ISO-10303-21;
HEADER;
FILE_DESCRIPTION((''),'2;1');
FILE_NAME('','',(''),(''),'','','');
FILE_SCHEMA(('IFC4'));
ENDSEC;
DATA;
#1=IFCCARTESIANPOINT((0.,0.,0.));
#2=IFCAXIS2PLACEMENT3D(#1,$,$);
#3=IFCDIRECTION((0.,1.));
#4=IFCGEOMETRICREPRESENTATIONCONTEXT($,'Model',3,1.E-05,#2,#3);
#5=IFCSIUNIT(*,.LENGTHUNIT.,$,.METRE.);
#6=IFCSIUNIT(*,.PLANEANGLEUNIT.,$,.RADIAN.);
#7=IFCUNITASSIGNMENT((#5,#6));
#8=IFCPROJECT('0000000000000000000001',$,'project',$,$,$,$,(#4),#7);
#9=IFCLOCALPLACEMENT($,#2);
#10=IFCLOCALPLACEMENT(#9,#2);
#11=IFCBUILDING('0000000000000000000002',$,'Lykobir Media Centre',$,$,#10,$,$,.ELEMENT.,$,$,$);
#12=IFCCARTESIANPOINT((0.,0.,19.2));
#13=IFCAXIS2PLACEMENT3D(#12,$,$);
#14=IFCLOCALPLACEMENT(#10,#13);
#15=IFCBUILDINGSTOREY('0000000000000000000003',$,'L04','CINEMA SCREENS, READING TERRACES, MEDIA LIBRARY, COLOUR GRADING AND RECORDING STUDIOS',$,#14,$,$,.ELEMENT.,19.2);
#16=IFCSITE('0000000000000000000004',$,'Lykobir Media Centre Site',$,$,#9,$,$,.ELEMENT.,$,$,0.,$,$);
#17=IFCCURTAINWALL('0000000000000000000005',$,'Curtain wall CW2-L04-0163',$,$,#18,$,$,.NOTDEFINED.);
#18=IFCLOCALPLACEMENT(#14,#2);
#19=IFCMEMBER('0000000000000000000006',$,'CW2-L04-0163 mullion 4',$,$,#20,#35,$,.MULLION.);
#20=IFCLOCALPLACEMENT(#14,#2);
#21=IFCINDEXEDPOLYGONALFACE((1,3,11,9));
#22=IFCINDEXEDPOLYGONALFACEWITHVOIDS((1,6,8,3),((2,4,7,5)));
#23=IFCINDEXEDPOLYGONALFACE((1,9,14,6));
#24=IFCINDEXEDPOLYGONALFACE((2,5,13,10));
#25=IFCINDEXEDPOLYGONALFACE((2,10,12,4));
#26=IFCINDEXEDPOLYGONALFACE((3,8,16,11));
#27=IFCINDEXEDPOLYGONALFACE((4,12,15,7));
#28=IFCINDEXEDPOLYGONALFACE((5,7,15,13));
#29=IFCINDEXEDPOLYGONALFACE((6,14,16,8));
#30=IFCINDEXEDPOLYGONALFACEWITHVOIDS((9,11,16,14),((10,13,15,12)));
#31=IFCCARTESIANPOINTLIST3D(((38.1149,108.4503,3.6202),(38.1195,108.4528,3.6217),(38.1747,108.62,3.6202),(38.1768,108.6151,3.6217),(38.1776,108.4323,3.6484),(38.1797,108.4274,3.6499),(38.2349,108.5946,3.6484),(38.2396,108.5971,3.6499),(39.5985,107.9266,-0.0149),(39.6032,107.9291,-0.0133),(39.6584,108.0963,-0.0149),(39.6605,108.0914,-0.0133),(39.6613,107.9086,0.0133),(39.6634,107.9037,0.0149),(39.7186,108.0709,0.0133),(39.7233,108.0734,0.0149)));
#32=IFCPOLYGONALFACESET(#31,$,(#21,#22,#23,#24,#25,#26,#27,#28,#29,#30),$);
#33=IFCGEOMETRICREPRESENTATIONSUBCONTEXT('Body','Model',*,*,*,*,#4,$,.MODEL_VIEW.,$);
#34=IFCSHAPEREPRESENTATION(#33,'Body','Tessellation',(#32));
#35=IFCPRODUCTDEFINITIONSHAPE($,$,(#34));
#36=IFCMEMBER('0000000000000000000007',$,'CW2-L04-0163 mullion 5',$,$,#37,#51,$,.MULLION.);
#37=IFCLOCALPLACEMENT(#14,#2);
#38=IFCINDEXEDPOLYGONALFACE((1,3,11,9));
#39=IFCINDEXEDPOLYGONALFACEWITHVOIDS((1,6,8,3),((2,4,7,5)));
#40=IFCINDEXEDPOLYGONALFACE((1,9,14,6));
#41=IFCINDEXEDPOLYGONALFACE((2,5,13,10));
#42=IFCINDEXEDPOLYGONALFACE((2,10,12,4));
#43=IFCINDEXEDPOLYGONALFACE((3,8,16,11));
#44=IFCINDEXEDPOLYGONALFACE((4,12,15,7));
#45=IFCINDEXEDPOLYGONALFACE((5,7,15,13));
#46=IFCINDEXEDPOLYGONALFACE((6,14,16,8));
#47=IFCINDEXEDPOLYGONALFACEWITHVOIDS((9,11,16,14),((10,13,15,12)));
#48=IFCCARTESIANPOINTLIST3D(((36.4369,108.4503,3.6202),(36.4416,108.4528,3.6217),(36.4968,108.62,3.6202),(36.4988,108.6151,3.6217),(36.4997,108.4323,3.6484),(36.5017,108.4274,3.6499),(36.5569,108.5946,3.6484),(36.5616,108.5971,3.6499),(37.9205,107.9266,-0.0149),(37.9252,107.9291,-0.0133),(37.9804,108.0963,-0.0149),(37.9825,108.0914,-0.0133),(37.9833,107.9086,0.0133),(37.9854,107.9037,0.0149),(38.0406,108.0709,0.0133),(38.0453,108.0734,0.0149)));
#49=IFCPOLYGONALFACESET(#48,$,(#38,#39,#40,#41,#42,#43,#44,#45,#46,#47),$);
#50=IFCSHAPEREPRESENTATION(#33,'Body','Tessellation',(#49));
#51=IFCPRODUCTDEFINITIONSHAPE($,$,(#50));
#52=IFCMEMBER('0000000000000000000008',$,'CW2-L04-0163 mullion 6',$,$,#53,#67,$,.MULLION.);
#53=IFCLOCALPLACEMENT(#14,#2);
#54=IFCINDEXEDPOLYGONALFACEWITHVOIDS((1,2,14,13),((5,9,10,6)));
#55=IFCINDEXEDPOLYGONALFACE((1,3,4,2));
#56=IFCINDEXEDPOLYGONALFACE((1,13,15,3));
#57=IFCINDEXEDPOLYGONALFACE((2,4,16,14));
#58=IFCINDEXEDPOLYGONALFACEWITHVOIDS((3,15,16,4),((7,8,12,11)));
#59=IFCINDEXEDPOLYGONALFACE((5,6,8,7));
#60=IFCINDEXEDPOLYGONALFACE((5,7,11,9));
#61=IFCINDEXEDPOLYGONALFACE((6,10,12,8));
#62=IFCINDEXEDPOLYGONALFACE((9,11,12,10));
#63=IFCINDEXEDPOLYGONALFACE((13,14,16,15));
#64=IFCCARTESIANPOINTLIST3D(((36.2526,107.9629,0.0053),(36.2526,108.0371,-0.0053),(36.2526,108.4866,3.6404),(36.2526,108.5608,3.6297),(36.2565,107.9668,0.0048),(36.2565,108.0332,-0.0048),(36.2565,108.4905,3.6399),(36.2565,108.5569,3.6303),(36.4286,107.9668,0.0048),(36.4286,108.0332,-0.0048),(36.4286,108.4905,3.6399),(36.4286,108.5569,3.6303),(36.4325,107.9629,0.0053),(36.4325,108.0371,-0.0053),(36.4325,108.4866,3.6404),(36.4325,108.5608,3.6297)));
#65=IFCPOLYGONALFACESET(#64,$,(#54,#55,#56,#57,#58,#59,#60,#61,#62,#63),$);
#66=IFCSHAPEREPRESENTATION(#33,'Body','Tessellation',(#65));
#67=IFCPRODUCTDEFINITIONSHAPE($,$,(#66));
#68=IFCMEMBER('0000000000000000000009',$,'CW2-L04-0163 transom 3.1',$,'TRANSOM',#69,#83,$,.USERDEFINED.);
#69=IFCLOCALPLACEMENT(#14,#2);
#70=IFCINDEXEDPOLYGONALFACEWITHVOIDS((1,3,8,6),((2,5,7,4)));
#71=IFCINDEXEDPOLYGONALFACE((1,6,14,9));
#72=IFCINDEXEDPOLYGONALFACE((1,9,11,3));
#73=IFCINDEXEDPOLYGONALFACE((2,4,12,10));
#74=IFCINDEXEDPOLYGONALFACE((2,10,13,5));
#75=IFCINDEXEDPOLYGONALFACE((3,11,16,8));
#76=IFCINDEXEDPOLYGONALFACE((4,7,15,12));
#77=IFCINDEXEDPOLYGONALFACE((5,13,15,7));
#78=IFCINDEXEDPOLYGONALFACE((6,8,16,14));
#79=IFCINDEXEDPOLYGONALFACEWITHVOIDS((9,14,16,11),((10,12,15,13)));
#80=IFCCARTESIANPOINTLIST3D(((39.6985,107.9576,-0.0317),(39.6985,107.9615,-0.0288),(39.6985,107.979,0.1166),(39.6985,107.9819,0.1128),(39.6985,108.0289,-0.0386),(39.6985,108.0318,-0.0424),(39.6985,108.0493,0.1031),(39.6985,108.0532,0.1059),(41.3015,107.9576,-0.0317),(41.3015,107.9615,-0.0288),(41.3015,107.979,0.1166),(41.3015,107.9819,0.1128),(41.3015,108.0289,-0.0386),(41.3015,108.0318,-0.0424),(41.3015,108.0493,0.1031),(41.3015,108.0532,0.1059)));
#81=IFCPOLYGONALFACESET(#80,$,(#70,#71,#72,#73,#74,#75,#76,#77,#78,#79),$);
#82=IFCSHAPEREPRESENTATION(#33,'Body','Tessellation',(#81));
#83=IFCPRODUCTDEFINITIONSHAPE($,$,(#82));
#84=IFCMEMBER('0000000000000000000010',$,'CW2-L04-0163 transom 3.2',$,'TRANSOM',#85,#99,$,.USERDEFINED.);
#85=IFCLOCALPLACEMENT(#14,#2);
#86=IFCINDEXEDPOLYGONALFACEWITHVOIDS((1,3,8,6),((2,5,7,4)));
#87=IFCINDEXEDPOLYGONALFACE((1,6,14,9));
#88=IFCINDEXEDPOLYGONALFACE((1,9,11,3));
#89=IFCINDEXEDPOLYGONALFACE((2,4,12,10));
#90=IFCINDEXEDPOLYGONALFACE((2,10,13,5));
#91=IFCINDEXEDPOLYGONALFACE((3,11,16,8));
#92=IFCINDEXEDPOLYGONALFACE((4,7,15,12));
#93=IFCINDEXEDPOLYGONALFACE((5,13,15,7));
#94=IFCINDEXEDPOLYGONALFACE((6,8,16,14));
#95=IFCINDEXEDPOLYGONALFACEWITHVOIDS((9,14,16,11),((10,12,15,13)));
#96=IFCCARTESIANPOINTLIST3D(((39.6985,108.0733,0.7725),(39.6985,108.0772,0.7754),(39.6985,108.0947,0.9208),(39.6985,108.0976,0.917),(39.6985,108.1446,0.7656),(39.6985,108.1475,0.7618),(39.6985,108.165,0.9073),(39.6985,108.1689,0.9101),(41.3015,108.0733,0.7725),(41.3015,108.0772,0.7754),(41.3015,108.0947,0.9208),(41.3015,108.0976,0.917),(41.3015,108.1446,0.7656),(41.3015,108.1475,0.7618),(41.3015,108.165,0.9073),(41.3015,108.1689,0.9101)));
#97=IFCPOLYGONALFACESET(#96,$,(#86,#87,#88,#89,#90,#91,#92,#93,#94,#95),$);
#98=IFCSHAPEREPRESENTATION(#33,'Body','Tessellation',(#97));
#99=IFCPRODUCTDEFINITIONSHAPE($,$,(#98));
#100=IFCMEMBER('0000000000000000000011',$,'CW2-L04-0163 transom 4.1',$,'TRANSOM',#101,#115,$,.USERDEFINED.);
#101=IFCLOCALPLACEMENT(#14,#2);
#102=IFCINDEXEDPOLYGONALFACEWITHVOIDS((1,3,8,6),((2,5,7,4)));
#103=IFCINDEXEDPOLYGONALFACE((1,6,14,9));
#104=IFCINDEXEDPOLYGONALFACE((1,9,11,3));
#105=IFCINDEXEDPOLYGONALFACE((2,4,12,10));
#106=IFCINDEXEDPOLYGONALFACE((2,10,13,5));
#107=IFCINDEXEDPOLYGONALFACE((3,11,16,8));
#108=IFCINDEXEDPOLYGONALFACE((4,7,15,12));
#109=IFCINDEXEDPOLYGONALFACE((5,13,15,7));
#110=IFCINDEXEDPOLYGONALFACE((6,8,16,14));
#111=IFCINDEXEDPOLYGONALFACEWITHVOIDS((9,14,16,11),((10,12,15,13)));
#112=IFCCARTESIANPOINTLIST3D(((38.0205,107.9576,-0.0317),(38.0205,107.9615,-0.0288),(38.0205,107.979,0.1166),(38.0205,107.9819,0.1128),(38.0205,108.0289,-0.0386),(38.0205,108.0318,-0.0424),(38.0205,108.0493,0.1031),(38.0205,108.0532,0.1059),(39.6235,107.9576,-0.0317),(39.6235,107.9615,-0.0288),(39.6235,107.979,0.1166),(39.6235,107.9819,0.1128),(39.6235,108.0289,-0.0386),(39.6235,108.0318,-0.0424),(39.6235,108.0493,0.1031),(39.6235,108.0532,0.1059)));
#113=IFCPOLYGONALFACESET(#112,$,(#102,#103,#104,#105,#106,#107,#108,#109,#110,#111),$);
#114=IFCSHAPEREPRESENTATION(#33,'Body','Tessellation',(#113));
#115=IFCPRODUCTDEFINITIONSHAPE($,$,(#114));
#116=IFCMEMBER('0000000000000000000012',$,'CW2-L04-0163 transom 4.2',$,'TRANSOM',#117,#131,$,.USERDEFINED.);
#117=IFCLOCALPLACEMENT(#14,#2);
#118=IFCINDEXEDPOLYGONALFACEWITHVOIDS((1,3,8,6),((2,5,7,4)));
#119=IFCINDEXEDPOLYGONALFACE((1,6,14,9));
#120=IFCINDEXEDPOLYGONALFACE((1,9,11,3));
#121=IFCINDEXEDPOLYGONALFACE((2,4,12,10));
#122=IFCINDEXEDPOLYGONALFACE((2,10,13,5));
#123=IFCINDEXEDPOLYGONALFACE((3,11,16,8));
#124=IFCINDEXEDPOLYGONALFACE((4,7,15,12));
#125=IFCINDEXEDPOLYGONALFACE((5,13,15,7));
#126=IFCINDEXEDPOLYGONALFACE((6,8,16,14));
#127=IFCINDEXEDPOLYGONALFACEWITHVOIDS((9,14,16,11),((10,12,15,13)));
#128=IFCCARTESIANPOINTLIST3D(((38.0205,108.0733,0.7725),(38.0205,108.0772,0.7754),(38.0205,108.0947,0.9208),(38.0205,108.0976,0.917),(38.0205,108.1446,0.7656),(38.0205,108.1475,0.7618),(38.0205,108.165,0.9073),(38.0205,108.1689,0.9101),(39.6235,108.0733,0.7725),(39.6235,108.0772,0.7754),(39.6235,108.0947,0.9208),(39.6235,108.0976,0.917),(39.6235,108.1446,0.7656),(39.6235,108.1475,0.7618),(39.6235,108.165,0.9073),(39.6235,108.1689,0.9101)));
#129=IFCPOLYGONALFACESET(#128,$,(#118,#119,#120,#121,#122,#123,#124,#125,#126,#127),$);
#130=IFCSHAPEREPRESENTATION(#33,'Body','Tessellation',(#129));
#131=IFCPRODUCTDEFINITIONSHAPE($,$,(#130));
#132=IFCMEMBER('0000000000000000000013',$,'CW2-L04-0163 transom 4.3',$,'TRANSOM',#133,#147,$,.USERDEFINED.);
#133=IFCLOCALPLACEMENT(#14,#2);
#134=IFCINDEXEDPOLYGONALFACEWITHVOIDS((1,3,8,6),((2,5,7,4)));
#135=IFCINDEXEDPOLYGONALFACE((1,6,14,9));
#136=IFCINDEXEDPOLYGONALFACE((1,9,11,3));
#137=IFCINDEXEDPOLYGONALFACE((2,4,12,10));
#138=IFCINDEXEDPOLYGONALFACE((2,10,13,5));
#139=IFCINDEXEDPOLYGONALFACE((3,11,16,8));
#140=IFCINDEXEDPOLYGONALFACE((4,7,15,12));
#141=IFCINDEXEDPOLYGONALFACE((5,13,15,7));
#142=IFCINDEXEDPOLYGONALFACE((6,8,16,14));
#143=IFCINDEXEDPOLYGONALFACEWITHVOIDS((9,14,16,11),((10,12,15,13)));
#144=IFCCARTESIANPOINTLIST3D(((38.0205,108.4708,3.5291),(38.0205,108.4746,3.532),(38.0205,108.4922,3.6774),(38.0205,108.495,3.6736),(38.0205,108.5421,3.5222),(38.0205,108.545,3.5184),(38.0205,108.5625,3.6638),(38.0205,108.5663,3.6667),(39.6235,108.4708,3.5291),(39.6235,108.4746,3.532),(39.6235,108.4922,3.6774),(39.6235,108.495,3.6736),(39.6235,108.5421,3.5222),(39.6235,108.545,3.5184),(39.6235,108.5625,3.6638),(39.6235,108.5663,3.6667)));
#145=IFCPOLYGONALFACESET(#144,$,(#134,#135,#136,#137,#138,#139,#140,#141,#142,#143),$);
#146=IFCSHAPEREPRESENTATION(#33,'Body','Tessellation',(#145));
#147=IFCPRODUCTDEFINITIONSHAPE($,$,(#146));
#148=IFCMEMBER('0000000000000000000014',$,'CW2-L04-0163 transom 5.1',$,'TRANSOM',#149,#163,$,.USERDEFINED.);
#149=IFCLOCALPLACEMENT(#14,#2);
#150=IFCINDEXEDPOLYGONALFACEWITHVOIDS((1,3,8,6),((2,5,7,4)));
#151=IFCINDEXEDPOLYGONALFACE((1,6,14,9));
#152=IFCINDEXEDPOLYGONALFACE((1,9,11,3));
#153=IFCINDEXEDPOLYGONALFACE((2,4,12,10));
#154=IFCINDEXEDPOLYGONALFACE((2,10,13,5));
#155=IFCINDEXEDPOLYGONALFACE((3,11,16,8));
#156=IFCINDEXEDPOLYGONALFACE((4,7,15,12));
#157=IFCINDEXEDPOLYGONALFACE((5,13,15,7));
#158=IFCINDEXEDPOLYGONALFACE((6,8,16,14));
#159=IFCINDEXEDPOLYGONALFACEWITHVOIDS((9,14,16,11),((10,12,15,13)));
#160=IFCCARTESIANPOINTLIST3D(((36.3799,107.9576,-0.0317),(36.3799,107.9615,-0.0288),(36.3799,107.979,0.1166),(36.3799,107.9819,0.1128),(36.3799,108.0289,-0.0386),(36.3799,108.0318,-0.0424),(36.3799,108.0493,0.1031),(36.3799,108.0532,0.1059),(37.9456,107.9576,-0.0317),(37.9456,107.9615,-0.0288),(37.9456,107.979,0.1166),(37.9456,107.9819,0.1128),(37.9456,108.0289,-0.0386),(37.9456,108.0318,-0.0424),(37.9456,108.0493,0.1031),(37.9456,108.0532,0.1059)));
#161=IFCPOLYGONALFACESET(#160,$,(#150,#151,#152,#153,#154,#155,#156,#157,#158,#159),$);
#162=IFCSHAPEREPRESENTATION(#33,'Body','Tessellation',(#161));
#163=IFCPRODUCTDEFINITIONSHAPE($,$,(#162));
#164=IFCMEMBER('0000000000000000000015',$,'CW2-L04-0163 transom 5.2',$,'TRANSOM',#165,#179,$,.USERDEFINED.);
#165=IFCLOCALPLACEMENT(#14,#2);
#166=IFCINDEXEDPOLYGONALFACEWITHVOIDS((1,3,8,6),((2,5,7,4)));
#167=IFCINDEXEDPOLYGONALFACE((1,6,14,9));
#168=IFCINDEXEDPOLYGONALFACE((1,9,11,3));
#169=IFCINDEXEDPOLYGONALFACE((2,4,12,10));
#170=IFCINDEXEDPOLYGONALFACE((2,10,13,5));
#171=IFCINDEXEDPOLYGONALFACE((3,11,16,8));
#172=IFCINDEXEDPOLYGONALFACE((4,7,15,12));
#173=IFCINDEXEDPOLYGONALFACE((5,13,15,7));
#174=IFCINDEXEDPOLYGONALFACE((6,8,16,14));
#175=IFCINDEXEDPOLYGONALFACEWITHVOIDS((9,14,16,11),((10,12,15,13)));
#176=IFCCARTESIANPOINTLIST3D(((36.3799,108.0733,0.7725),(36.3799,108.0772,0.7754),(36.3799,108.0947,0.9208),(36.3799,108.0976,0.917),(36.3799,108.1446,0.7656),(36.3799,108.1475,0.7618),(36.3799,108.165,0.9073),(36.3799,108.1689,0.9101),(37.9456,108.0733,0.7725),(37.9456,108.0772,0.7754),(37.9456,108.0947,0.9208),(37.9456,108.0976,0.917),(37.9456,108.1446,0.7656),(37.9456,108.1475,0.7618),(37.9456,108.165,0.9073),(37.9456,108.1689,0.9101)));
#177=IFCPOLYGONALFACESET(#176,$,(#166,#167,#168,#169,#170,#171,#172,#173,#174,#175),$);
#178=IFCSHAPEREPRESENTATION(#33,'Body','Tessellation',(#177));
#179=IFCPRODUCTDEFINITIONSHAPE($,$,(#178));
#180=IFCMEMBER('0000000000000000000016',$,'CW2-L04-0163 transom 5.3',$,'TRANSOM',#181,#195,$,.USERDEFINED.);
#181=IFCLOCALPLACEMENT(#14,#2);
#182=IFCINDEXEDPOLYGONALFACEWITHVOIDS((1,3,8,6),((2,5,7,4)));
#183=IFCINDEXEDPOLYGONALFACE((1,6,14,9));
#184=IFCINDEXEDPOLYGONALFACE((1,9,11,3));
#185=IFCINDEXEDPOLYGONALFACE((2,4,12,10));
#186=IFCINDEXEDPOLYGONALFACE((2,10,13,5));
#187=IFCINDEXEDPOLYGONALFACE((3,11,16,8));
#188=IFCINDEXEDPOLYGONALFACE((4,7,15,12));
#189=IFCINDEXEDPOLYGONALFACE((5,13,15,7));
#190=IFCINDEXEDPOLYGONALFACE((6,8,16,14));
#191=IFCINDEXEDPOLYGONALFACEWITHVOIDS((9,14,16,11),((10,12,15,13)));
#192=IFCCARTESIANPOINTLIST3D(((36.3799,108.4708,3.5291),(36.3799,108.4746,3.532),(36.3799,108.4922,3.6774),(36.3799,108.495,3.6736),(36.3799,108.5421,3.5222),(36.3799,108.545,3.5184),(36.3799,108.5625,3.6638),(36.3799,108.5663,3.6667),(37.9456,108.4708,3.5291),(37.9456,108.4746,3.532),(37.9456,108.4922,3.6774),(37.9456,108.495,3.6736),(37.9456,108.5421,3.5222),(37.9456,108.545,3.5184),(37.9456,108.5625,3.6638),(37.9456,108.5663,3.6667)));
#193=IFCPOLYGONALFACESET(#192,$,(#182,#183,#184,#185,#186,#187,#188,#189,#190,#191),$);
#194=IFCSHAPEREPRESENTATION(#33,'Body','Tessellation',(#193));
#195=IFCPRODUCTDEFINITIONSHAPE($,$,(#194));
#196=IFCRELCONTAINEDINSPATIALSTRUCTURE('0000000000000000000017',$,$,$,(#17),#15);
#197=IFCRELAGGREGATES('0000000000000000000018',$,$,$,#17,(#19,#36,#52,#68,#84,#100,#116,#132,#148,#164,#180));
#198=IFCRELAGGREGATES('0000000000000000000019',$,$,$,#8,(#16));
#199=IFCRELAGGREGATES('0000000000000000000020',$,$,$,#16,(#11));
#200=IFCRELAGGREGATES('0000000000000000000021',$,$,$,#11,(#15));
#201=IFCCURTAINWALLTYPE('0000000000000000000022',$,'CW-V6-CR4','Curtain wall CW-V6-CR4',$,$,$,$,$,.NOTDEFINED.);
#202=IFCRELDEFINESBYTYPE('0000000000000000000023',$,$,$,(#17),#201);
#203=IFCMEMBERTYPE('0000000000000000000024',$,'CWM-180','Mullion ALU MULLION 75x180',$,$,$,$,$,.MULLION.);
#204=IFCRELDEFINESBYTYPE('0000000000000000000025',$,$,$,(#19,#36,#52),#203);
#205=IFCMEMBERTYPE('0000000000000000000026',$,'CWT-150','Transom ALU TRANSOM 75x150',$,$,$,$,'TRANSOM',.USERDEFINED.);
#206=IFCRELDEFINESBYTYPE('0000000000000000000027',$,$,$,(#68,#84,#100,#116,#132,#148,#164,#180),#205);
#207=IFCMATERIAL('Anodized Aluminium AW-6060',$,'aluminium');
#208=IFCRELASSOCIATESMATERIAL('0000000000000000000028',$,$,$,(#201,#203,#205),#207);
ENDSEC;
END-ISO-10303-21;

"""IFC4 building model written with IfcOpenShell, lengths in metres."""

from ifc_helpers import new_model, si_unit, direction, frame, origin, origin_2d, place, context, subcontext, project, spatial, hollow_rectangle, extrude, material, material_profile, profile_set, type_object, element, aggregate, save


model = new_model("IFC4")

# Units and contexts
model_context = context("Model", 3, precision=1e-05, world=origin(), true_north=direction((0.0, 1.0)))
body_context = subcontext(model_context, "Body", "Model", "MODEL_VIEW")
ifc_project = project(units=[si_unit("LENGTHUNIT", "METRE"), si_unit("PLANEANGLEUNIT", "RADIAN")], contexts=[model_context])

# Site, building, storey
site_placement = place(None, origin())
site = spatial("IfcSite", under=ifc_project, at=site_placement, Name="Lykobir Media Centre Site", CompositionType="ELEMENT", RefElevation=0.0)
building_placement = place(site_placement, origin())
building = spatial("IfcBuilding", under=site, at=building_placement, Name="Lykobir Media Centre", CompositionType="ELEMENT")
storey_placement = place(building_placement, frame((0.0, 0.0, 19.2)))
storey = spatial("IfcBuildingStorey", under=building, at=storey_placement, Name="L04", Description="CINEMA SCREENS, READING TERRACES, MEDIA LIBRARY, COLOUR GRADING AND RECORDING STUDIOS", CompositionType="ELEMENT", Elevation=19.2)

# Curtain wall, members
ifc_material_1 = material(Name="Anodized Aluminium AW-6060", Category="aluminium")
curtain_wall_type = type_object("IfcCurtainWallType", Name="CW-V6-CR4", Description="Curtain wall CW-V6-CR4", PredefinedType="NOTDEFINED", material=ifc_material_1)
curtain_wall_placement = place(storey_placement, origin())
curtain_wall = element("IfcCurtainWall", 1, at=curtain_wall_placement, inside=storey, type_object=curtain_wall_type, Name="Curtain wall CW2-L04-0163", PredefinedType="NOTDEFINED")
ifc_material_profile_1 = material_profile(ifc_material_1, hollow_rectangle(XDim=0.075, YDim=0.1799, WallThickness=0.0039, at=origin_2d()), Name="ALU MULLION 75x180")
ifc_profile_set_1 = profile_set([ifc_material_profile_1], Name="Anodized Aluminium AW-6060")
member_type_1 = type_object("IfcMemberType", Name="CWM-180", Description="Mullion ALU MULLION 75x180", PredefinedType="MULLION", material=ifc_profile_set_1)
member_1_placement = place(storey_placement, frame((39.6609, 108.0, 0.0), z_axis=(-0.374572, 0.132213, 0.917723), x_axis=(-0.865396, 0.305459, -0.397221)))
member_1 = element("IfcMember", 2, at=member_1_placement, type_object=member_type_1, Name="CW2-L04-0163 mullion 4", PredefinedType="MULLION", context=body_context, shape_type="SweptSolid", body=[
    extrude(hollow_rectangle(XDim=0.075, YDim=0.1799, WallThickness=0.0039, at=origin_2d()), origin(), (0.0, 0.0, 1.0), 3.9609),
])
member_2_placement = place(storey_placement, frame((37.9829, 108.0, 0.0), z_axis=(-0.374572, 0.132213, 0.917723), x_axis=(-0.865396, 0.305459, -0.397221)))
member_2 = element("IfcMember", 3, at=member_2_placement, type_object=member_type_1, Name="CW2-L04-0163 mullion 5", PredefinedType="MULLION", context=body_context, shape_type="SweptSolid", body=[
    extrude(hollow_rectangle(XDim=0.075, YDim=0.1799, WallThickness=0.0039, at=origin_2d()), origin(), (0.0, 0.0, 1.0), 3.9609),
])
member_3_placement = place(storey_placement, frame((36.3425, 108.0, 0.0), z_axis=(0.0, 0.142594, 0.989781), x_axis=(0.0, 0.989781, -0.142594)))
member_3 = element("IfcMember", 4, at=member_3_placement, type_object=member_type_1, Name="CW2-L04-0163 mullion 6", PredefinedType="MULLION", context=body_context, shape_type="SweptSolid", body=[
    extrude(hollow_rectangle(XDim=0.075, YDim=0.1799, WallThickness=0.0039, at=origin_2d()), origin(), (0.0, 0.0, 1.0), 3.6726),
])
ifc_material_profile_2 = material_profile(ifc_material_1, hollow_rectangle(XDim=0.075, YDim=0.1499, WallThickness=0.0034, at=origin_2d()), Name="ALU TRANSOM 75x150")
ifc_profile_set_2 = profile_set([ifc_material_profile_2], Name="Anodized Aluminium AW-6060")
member_type_2 = type_object("IfcMemberType", Name="CWT-150", Description="Transom ALU TRANSOM 75x150", ElementType="TRANSOM", PredefinedType="USERDEFINED", material=ifc_profile_set_2)
member_4_placement = place(storey_placement, frame((41.3015, 108.0054, 0.0371), z_axis=(-1.0, 0.0, 0.0), x_axis=(0.0, -0.989776, 0.142629)))
member_4 = element("IfcMember", 5, at=member_4_placement, type_object=member_type_2, Name="CW2-L04-0163 transom 3.1", ObjectType="TRANSOM", PredefinedType="USERDEFINED", context=body_context, shape_type="SweptSolid", body=[
    extrude(hollow_rectangle(XDim=0.075, YDim=0.1499, WallThickness=0.0034, at=origin_2d()), origin(), (0.0, 0.0, 1.0), 1.603),
])
member_5_placement = place(storey_placement, frame((41.3015, 108.1211, 0.8413), z_axis=(-1.0, 0.0, 0.0), x_axis=(0.0, -0.989776, 0.142629)))
member_5 = element("IfcMember", 6, at=member_5_placement, type_object=member_type_2, Name="CW2-L04-0163 transom 3.2", ObjectType="TRANSOM", PredefinedType="USERDEFINED", context=body_context, shape_type="SweptSolid", body=[
    extrude(hollow_rectangle(XDim=0.075, YDim=0.1499, WallThickness=0.0034, at=origin_2d()), origin(), (0.0, 0.0, 1.0), 1.603),
])
member_6_placement = place(storey_placement, frame((39.6235, 108.0054, 0.0371), z_axis=(-1.0, 0.0, 0.0), x_axis=(0.0, -0.989776, 0.142629)))
member_6 = element("IfcMember", 7, at=member_6_placement, type_object=member_type_2, Name="CW2-L04-0163 transom 4.1", ObjectType="TRANSOM", PredefinedType="USERDEFINED", context=body_context, shape_type="SweptSolid", body=[
    extrude(hollow_rectangle(XDim=0.075, YDim=0.1499, WallThickness=0.0034, at=origin_2d()), origin(), (0.0, 0.0, 1.0), 1.603),
])
member_7_placement = place(storey_placement, frame((39.6235, 108.1211, 0.8413), z_axis=(-1.0, 0.0, 0.0), x_axis=(0.0, -0.989776, 0.142629)))
member_7 = element("IfcMember", 8, at=member_7_placement, type_object=member_type_2, Name="CW2-L04-0163 transom 4.2", ObjectType="TRANSOM", PredefinedType="USERDEFINED", context=body_context, shape_type="SweptSolid", body=[
    extrude(hollow_rectangle(XDim=0.075, YDim=0.1499, WallThickness=0.0034, at=origin_2d()), origin(), (0.0, 0.0, 1.0), 1.603),
])
member_8_placement = place(storey_placement, frame((39.6235, 108.5186, 3.5979), z_axis=(-1.0, 0.0, 0.0), x_axis=(0.0, -0.989776, 0.142629)))
member_8 = element("IfcMember", 9, at=member_8_placement, type_object=member_type_2, Name="CW2-L04-0163 transom 4.3", ObjectType="TRANSOM", PredefinedType="USERDEFINED", context=body_context, shape_type="SweptSolid", body=[
    extrude(hollow_rectangle(XDim=0.075, YDim=0.1499, WallThickness=0.0034, at=origin_2d()), origin(), (0.0, 0.0, 1.0), 1.603),
])
member_9_placement = place(storey_placement, frame((37.9456, 108.0054, 0.0371), z_axis=(-1.0, 0.0, 0.0), x_axis=(0.0, -0.989776, 0.142629)))
member_9 = element("IfcMember", 10, at=member_9_placement, type_object=member_type_2, Name="CW2-L04-0163 transom 5.1", ObjectType="TRANSOM", PredefinedType="USERDEFINED", context=body_context, shape_type="SweptSolid", body=[
    extrude(hollow_rectangle(XDim=0.075, YDim=0.1499, WallThickness=0.0034, at=origin_2d()), origin(), (0.0, 0.0, 1.0), 1.5657),
])
member_10_placement = place(storey_placement, frame((37.9456, 108.1211, 0.8413), z_axis=(-1.0, 0.0, 0.0), x_axis=(0.0, -0.989776, 0.142629)))
member_10 = element("IfcMember", 11, at=member_10_placement, type_object=member_type_2, Name="CW2-L04-0163 transom 5.2", ObjectType="TRANSOM", PredefinedType="USERDEFINED", context=body_context, shape_type="SweptSolid", body=[
    extrude(hollow_rectangle(XDim=0.075, YDim=0.1499, WallThickness=0.0034, at=origin_2d()), origin(), (0.0, 0.0, 1.0), 1.5657),
])
member_11_placement = place(storey_placement, frame((37.9456, 108.5186, 3.5979), z_axis=(-1.0, 0.0, 0.0), x_axis=(0.0, -0.989776, 0.142629)))
member_11 = element("IfcMember", 12, at=member_11_placement, type_object=member_type_2, Name="CW2-L04-0163 transom 5.3", ObjectType="TRANSOM", PredefinedType="USERDEFINED", context=body_context, shape_type="SweptSolid", body=[
    extrude(hollow_rectangle(XDim=0.075, YDim=0.1499, WallThickness=0.0034, at=origin_2d()), origin(), (0.0, 0.0, 1.0), 1.5657),
])

aggregate(curtain_wall, [member_1, member_2, member_3, member_4, member_5, member_6, member_7, member_8, member_9, member_10, member_11])

save(model, "model.ifc")
